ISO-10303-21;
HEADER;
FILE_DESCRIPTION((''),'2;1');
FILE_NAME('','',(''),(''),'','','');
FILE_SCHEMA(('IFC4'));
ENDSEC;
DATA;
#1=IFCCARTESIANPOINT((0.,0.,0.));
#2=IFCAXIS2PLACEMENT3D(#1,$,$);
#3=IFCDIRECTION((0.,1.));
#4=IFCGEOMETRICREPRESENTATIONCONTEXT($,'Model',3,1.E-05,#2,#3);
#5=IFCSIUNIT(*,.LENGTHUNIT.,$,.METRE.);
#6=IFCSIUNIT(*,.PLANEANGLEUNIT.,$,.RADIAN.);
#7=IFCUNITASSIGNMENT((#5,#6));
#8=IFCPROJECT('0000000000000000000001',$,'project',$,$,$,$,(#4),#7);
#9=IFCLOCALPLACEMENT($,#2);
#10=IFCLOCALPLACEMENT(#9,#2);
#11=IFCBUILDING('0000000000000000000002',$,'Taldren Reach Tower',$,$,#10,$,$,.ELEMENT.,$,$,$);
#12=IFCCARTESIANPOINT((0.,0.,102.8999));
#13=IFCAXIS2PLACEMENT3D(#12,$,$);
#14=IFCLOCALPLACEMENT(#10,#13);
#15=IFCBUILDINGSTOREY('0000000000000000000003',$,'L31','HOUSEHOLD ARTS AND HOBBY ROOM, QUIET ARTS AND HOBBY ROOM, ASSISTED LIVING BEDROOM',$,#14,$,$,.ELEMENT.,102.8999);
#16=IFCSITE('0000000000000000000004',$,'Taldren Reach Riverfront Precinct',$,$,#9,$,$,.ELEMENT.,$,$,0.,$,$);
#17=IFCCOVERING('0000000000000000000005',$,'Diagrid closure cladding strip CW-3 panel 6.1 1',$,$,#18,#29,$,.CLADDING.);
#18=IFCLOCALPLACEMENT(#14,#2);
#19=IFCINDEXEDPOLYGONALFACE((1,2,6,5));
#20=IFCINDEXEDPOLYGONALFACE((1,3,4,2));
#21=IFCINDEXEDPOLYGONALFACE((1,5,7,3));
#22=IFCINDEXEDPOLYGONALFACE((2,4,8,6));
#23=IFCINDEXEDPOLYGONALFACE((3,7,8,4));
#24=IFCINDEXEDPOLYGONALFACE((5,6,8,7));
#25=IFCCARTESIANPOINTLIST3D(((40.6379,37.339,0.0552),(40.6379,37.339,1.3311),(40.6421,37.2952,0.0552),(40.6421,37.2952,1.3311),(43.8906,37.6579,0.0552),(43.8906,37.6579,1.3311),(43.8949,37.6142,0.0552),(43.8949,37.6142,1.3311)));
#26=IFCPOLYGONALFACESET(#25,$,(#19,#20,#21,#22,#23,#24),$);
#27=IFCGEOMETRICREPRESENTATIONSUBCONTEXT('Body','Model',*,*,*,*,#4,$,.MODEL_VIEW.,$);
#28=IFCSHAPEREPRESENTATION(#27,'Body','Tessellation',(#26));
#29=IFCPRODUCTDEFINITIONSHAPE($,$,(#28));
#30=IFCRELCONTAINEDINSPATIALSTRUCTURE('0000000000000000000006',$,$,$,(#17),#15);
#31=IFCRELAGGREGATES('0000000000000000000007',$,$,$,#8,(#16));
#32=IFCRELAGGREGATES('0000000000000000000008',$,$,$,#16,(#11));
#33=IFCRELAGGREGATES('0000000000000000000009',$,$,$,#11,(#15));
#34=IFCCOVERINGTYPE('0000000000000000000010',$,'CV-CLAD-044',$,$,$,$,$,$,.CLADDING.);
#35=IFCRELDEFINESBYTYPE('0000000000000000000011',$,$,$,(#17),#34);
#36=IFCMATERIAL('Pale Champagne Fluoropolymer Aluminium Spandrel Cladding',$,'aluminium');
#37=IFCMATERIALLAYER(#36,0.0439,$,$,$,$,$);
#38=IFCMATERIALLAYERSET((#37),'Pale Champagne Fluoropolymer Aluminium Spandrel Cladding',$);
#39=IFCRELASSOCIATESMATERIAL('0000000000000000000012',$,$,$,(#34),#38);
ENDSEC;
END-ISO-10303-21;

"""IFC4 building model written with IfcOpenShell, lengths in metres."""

from ifc_helpers import new_model, si_unit, direction, frame, origin, origin_2d, place, context, subcontext, project, spatial, rectangle, extrude, source, transform, mapped, material, layer, layer_set, type_object, element, save


model = new_model("IFC4")

# Units and contexts
model_context = context("Model", 3, precision=1e-05, world=origin(), true_north=direction((0.0, 1.0)))
body_context = subcontext(model_context, "Body", "Model", "MODEL_VIEW")
ifc_project = project(units=[si_unit("LENGTHUNIT", "METRE"), si_unit("PLANEANGLEUNIT", "RADIAN")], contexts=[model_context])

# Site, building, storey
site_placement = place(None, origin())
site = spatial("IfcSite", under=ifc_project, at=site_placement, Name="Taldren Reach Riverfront Precinct", CompositionType="ELEMENT", RefElevation=0.0)
building_placement = place(site_placement, origin())
building = spatial("IfcBuilding", under=site, at=building_placement, Name="Taldren Reach Tower", CompositionType="ELEMENT")
storey_placement = place(building_placement, frame((0.0, 0.0, 102.8999)))
storey = spatial("IfcBuildingStorey", under=building, at=storey_placement, Name="L31", Description="HOUSEHOLD ARTS AND HOBBY ROOM, QUIET ARTS AND HOBBY ROOM, ASSISTED LIVING BEDROOM", CompositionType="ELEMENT", Elevation=102.8999)

# Covering
ifc_material_1 = material(Name="Pale Champagne Fluoropolymer Aluminium Spandrel Cladding", Category="aluminium")
ifc_layer_1 = layer(ifc_material_1, 0.0439)
ifc_layer_set_1 = layer_set([ifc_layer_1], Name="Pale Champagne Fluoropolymer Aluminium Spandrel Cladding")
covering_type = type_object("IfcCoveringType", Name="CV-CLAD-044", PredefinedType="CLADDING", material=ifc_layer_set_1)
shared_shape_1 = source(origin(), body_context, "Body", "SweptSolid", [
    extrude(rectangle(XDim=3.2683, YDim=0.0439, at=origin_2d()), origin(), (0.0, 0.0, 1.0), 1.2759),
])
covering_1_placement = place(storey_placement, frame((42.2664, 37.4766, 0.0552), z_axis=(0.0, 0.0, 1.0), x_axis=(-0.995227, -0.097583, 0.0)))
element("IfcCovering", 1, at=covering_1_placement, inside=storey, type_object=covering_type, Name="Diagrid closure cladding strip CW-3 panel 6.1 1", PredefinedType="CLADDING", context=body_context, shape_type="MappedRepresentation", body=[
    mapped(shared_shape_1, transform((0.0, 0.0, 0.0), scale=1.0)),
])

save(model, "model.ifc")
